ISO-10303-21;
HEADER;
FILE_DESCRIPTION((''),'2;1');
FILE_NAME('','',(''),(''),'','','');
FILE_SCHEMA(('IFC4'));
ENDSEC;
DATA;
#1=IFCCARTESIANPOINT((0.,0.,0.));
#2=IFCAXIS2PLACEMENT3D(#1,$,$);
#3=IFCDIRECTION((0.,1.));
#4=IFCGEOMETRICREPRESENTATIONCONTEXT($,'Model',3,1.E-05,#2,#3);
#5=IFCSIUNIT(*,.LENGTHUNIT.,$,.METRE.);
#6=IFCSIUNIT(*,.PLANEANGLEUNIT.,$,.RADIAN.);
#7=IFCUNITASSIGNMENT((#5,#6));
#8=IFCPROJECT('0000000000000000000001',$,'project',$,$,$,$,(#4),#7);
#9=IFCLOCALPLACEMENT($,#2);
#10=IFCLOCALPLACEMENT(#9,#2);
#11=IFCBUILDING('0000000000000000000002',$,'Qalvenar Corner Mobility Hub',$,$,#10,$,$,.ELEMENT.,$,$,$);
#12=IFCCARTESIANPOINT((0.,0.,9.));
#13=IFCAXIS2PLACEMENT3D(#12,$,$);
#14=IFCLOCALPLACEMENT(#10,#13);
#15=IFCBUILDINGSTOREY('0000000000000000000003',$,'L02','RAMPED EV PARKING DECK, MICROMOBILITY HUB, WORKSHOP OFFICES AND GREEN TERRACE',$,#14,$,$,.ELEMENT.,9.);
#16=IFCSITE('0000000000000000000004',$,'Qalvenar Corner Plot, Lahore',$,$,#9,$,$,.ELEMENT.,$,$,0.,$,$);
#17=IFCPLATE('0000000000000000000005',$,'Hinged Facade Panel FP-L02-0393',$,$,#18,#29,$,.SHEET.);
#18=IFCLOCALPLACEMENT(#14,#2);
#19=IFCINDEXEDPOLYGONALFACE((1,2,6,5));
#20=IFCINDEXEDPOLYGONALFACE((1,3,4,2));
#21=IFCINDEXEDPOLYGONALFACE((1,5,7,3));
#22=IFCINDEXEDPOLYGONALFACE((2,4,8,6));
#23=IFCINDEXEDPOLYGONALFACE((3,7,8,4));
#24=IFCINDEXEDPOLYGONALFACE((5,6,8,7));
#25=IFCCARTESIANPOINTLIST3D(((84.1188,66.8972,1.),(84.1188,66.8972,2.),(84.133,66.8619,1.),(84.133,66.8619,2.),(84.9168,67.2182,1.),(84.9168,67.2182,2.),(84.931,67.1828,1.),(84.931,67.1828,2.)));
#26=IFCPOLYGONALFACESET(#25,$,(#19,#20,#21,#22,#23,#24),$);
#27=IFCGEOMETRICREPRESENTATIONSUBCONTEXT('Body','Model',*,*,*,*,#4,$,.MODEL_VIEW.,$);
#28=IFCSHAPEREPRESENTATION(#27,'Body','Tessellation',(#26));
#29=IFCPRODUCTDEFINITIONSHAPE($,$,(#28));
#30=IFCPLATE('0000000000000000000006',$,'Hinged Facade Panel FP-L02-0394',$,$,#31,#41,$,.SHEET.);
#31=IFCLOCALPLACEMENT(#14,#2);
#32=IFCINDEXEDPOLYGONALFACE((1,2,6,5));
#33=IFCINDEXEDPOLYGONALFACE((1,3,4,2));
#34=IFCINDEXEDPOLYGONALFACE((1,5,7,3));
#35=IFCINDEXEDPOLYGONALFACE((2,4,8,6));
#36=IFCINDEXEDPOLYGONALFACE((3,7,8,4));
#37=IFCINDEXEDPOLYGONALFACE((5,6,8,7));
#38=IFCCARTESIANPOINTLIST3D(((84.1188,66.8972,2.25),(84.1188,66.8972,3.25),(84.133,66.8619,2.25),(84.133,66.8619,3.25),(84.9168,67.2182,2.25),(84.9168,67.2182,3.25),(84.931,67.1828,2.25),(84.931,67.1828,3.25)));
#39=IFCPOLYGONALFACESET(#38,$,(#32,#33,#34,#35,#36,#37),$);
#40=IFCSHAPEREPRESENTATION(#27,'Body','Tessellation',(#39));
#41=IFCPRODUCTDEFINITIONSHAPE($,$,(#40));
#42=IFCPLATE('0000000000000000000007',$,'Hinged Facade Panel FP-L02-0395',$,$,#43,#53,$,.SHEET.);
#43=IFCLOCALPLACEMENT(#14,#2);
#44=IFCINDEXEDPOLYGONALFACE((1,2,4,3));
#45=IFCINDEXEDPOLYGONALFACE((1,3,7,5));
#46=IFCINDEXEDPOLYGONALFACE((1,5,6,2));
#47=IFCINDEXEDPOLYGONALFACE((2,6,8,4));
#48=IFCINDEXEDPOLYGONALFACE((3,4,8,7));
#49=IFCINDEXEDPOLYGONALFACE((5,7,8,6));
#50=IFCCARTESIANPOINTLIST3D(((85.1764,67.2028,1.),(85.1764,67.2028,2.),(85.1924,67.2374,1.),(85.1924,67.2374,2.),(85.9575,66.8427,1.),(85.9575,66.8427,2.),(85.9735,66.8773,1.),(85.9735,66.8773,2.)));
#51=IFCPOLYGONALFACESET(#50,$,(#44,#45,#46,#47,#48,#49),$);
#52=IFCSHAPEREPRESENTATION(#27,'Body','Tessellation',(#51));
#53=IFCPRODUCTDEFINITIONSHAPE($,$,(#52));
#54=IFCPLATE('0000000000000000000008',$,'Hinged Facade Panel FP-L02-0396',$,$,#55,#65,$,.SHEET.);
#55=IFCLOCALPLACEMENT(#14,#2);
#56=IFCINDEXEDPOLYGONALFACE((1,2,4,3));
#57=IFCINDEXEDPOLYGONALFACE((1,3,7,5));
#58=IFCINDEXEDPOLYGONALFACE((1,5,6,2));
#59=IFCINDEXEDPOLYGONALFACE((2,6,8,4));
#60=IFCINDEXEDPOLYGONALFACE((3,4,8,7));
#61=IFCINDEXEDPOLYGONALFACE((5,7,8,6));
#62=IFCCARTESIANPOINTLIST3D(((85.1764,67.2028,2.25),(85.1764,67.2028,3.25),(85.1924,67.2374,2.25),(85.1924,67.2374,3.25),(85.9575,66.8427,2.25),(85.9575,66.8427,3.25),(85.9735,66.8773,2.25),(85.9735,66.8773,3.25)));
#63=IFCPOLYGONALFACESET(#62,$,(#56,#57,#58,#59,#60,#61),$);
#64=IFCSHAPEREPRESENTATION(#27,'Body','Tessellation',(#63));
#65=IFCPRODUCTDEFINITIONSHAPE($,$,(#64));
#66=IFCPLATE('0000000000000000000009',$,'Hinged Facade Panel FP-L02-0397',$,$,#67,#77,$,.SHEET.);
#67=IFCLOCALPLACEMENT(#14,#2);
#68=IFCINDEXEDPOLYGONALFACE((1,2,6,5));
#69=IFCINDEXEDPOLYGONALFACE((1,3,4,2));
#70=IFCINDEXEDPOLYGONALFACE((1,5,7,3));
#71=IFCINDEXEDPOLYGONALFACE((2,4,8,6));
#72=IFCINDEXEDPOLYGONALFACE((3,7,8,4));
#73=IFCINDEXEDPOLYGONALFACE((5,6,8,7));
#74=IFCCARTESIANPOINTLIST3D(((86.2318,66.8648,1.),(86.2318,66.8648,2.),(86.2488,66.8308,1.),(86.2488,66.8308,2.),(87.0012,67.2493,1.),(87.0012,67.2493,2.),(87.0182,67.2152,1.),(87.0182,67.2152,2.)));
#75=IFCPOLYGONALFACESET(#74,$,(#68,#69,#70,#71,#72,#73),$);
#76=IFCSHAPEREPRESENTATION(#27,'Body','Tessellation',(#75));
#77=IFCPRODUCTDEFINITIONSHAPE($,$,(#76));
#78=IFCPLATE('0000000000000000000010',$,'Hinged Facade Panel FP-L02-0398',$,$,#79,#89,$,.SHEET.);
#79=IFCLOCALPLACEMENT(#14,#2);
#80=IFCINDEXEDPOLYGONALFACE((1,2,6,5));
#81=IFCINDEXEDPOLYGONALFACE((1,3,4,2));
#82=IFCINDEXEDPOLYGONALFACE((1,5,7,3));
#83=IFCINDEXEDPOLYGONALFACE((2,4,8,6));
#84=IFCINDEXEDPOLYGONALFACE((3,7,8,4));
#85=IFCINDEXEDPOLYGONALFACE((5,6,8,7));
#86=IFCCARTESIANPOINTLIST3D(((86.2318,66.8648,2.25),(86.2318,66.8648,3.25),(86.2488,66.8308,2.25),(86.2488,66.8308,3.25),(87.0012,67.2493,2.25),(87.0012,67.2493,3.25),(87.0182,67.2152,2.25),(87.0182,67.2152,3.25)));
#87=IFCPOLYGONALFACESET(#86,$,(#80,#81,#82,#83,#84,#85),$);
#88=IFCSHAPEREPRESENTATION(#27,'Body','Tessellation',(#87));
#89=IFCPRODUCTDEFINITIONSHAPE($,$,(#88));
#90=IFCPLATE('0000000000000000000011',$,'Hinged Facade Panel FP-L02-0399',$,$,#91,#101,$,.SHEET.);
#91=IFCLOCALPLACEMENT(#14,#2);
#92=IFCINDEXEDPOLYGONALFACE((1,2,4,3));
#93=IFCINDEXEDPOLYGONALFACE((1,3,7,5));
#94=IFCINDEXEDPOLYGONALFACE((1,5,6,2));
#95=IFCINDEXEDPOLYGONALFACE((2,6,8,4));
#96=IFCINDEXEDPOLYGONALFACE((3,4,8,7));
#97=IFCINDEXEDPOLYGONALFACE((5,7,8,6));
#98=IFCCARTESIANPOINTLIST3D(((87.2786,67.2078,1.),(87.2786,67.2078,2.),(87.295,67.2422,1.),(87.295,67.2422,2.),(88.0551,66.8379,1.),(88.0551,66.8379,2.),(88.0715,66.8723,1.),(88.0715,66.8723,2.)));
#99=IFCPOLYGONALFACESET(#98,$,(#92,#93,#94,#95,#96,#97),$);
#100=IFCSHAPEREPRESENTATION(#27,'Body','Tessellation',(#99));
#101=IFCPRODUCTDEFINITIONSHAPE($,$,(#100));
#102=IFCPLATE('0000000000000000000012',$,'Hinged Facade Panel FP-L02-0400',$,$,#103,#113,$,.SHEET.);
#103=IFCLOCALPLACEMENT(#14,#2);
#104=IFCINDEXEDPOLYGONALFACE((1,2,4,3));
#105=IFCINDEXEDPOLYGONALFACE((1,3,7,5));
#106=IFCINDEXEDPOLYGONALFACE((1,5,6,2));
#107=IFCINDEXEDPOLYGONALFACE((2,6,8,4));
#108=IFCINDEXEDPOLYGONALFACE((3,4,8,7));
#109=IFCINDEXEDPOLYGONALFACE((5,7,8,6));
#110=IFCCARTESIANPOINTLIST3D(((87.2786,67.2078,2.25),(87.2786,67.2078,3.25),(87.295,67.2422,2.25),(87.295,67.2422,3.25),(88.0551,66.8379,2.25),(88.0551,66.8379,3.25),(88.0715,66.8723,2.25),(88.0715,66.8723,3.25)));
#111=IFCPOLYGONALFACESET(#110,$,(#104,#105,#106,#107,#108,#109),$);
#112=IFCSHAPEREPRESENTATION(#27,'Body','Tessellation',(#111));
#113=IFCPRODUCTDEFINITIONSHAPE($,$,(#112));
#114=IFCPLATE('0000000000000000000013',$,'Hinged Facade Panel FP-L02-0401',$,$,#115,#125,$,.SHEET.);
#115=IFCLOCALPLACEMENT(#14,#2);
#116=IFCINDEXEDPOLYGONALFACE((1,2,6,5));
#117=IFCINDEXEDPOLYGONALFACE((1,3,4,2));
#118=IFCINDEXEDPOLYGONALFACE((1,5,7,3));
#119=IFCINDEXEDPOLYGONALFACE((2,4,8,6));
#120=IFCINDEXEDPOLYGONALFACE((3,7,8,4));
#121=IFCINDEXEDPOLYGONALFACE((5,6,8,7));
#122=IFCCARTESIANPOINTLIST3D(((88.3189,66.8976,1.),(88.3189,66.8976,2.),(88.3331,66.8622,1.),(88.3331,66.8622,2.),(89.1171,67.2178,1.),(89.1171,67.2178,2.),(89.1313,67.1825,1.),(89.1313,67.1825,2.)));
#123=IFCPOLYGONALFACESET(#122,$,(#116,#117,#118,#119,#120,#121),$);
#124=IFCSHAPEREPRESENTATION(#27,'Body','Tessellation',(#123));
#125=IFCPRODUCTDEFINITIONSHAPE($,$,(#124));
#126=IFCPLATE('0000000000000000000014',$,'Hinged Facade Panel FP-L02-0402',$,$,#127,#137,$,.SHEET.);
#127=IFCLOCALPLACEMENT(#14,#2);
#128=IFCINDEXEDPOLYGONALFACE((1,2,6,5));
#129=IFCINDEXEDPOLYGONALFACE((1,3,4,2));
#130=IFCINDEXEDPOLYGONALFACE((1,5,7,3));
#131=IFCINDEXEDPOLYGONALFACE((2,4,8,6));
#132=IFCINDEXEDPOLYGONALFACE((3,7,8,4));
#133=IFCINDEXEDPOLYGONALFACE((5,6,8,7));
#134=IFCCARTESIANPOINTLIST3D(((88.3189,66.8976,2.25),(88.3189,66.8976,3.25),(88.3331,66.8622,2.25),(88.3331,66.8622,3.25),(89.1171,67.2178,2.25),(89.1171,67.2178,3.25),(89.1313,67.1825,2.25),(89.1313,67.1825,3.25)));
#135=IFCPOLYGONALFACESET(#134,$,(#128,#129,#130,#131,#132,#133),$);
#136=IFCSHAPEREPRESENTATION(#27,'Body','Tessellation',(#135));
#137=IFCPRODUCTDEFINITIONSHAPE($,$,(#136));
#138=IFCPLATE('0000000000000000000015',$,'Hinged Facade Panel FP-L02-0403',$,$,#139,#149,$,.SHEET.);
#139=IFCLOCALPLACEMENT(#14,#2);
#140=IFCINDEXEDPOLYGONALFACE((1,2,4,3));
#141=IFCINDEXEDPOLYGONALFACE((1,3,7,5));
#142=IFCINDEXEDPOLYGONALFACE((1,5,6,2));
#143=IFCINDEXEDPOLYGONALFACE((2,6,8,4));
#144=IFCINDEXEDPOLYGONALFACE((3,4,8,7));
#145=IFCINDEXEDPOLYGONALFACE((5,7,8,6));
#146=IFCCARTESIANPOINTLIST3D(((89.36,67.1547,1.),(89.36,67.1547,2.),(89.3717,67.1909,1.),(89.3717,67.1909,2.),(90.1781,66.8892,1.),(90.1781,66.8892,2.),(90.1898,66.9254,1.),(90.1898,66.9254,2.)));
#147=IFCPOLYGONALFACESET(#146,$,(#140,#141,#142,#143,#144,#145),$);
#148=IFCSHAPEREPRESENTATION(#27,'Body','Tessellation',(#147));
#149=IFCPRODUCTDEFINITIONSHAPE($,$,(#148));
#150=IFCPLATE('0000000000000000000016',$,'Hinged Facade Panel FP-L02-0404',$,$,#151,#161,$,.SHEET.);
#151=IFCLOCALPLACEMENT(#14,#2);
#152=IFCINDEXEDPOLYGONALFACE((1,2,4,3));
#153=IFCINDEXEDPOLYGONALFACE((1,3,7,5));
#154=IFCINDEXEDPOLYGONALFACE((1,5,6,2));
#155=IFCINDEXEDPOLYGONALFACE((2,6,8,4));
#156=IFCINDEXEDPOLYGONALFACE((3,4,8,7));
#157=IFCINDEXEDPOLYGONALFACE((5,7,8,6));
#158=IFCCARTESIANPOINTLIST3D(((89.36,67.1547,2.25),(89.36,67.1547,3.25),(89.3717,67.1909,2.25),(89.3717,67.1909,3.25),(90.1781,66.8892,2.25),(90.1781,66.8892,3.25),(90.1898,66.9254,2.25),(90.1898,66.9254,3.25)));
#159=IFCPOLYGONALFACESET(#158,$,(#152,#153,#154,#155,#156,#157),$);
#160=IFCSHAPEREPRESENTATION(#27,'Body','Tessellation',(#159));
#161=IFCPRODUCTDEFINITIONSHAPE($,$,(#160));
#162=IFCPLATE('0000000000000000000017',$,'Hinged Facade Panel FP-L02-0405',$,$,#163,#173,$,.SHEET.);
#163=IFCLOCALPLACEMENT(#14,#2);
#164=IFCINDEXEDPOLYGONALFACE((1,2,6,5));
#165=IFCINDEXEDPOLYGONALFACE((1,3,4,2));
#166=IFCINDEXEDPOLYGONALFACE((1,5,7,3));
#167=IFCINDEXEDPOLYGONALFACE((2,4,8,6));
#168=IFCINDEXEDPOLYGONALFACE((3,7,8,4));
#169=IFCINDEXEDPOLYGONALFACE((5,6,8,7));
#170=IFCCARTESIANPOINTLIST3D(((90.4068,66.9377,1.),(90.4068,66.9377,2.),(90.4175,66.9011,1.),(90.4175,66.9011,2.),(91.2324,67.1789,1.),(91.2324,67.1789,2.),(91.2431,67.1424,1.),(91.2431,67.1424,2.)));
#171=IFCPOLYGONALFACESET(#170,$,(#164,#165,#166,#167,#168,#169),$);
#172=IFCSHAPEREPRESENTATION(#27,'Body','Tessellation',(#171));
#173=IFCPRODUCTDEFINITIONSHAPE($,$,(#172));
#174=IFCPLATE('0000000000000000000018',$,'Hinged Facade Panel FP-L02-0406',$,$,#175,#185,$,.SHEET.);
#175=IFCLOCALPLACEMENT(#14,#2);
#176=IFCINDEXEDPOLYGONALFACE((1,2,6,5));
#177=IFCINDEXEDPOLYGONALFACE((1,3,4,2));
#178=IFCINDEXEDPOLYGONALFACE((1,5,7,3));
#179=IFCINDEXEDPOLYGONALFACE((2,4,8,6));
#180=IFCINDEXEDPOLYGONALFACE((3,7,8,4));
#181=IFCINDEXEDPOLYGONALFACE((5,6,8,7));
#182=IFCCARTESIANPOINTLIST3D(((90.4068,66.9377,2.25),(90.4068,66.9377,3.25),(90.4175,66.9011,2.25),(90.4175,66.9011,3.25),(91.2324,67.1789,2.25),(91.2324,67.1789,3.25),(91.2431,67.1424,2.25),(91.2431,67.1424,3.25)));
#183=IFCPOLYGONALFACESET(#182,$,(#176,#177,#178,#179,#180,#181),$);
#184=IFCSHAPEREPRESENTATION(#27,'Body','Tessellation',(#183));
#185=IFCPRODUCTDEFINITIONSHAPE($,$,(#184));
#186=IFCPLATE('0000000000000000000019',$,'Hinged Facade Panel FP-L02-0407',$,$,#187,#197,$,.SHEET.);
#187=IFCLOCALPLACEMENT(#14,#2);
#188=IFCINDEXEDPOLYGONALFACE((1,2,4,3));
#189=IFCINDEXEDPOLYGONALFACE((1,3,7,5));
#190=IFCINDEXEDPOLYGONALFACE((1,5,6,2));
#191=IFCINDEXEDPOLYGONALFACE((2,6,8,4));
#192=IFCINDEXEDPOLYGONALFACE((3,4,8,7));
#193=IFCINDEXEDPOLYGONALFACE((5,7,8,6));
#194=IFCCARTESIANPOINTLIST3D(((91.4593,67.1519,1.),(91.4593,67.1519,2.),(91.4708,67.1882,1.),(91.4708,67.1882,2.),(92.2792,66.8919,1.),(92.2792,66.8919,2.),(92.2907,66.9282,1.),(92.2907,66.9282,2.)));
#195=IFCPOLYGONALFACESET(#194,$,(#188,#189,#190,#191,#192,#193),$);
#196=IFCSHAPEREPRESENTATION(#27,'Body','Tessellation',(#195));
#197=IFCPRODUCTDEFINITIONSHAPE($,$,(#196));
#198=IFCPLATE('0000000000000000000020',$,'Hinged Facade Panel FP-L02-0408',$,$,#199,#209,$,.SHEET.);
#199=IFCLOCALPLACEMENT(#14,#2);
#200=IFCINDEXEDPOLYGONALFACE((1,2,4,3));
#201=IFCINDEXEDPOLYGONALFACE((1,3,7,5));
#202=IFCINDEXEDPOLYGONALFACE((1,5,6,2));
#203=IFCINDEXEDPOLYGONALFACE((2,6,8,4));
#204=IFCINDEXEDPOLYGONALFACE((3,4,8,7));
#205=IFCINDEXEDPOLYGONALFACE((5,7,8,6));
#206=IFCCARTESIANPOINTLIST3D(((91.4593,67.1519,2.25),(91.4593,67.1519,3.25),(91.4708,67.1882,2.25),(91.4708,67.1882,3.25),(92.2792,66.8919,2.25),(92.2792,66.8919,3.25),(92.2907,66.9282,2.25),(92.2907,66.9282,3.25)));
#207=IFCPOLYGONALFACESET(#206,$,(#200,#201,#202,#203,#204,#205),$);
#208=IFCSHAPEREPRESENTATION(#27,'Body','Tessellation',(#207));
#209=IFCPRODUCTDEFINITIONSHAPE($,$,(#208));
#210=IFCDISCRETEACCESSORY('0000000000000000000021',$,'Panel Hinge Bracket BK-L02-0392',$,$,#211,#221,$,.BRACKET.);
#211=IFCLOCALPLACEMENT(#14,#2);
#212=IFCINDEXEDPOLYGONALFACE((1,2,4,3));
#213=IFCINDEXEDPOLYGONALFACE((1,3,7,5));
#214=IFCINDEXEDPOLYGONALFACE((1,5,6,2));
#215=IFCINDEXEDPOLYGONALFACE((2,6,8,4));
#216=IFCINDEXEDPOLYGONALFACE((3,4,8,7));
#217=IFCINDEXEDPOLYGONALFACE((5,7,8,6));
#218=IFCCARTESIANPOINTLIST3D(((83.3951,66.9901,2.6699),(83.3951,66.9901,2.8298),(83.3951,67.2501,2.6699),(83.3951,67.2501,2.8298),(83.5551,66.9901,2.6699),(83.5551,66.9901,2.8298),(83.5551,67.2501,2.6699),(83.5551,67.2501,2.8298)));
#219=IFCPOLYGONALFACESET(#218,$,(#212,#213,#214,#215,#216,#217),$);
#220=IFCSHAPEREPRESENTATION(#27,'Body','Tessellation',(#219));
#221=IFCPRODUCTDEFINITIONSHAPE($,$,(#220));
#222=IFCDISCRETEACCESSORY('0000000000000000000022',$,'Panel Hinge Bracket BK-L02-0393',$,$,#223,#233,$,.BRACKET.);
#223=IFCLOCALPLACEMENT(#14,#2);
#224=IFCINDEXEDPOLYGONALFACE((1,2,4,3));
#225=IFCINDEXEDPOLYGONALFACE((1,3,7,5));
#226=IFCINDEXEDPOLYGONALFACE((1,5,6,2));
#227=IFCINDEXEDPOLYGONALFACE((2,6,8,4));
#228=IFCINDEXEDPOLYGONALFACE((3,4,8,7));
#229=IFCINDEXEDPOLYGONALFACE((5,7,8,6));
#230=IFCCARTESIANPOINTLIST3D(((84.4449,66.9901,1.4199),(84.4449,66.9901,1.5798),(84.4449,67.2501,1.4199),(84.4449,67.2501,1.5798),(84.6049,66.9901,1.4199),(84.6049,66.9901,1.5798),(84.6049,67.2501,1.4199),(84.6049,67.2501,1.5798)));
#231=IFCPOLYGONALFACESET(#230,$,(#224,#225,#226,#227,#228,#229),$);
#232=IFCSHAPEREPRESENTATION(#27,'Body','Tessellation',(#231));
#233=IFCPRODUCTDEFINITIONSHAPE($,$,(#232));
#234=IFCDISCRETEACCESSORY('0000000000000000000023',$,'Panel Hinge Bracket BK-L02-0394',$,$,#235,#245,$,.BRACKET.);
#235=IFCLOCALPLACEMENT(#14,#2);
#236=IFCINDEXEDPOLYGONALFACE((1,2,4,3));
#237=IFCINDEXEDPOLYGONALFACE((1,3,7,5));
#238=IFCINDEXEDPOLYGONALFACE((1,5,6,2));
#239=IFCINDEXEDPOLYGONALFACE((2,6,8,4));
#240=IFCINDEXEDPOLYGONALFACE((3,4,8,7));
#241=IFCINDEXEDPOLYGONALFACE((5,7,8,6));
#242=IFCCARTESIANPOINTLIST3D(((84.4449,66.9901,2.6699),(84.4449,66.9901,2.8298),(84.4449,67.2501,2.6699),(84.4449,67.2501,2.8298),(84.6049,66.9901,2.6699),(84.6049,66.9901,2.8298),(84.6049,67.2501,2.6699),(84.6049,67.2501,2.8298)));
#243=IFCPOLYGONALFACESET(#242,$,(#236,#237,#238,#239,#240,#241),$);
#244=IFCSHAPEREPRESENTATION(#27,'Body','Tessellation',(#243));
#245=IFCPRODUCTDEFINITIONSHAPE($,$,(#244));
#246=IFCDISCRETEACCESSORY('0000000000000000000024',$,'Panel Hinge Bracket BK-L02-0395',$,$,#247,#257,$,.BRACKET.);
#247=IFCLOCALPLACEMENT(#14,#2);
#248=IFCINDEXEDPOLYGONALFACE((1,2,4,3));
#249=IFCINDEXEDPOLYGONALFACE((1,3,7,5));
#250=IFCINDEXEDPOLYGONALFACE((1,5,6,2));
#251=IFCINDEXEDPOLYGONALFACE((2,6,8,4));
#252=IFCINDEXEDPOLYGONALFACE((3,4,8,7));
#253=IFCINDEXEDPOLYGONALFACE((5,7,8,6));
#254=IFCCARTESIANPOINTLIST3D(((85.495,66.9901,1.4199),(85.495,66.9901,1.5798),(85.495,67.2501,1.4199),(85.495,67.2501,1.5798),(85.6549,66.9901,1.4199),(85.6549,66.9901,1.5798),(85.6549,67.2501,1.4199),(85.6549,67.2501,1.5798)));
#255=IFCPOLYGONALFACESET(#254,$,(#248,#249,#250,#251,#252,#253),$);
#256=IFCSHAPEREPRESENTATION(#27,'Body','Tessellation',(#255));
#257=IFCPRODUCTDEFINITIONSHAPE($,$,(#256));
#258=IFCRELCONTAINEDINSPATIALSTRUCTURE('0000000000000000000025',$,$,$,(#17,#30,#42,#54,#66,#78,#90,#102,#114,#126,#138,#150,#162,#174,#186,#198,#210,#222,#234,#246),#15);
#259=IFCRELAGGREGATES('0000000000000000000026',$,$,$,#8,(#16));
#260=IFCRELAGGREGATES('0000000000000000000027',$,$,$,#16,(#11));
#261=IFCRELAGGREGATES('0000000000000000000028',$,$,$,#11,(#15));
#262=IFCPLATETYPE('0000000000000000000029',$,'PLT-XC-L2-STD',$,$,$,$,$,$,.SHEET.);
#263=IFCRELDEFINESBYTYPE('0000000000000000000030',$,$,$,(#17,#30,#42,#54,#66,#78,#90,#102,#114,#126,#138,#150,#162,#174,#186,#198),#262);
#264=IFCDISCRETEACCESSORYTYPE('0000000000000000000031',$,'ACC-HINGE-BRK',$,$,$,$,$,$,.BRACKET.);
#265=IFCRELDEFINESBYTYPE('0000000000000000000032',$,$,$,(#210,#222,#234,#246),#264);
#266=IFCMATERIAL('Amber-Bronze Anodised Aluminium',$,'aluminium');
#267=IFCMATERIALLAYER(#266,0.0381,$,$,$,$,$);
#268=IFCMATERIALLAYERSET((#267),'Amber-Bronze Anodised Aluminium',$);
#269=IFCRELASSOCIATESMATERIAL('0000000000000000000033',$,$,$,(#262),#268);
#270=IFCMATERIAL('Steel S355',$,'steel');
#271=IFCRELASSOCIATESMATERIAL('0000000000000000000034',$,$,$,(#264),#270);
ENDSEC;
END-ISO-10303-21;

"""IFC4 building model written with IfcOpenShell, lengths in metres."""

from ifc_helpers import new_model, si_unit, direction, frame, origin, origin_2d, place, context, subcontext, project, spatial, rectangle, extrude, material, layer, layer_set, type_object, element, save


model = new_model("IFC4")

# Units and contexts
model_context = context("Model", 3, precision=1e-05, world=origin(), true_north=direction((0.0, 1.0)))
body_context = subcontext(model_context, "Body", "Model", "MODEL_VIEW")
ifc_project = project(units=[si_unit("LENGTHUNIT", "METRE"), si_unit("PLANEANGLEUNIT", "RADIAN")], contexts=[model_context])

# Site, building, storey
site_placement = place(None, origin())
site = spatial("IfcSite", under=ifc_project, at=site_placement, Name="Qalvenar Corner Plot, Lahore", CompositionType="ELEMENT", RefElevation=0.0)
building_placement = place(site_placement, origin())
building = spatial("IfcBuilding", under=site, at=building_placement, Name="Qalvenar Corner Mobility Hub", CompositionType="ELEMENT")
storey_placement = place(building_placement, frame((0.0, 0.0, 9.0)))
storey = spatial("IfcBuildingStorey", under=building, at=storey_placement, Name="L02", Description="RAMPED EV PARKING DECK, MICROMOBILITY HUB, WORKSHOP OFFICES AND GREEN TERRACE", CompositionType="ELEMENT", Elevation=9.0)

# Plates
ifc_material_1 = material(Name="Amber-Bronze Anodised Aluminium", Category="aluminium")
ifc_layer = layer(ifc_material_1, 0.0381)
ifc_layer_set = layer_set([ifc_layer], Name="Amber-Bronze Anodised Aluminium")
plate_type = type_object("IfcPlateType", Name="PLT-XC-L2-STD", PredefinedType="SHEET", material=ifc_layer_set)
for number, where, z_axis, x_axis, name in (
    (1, (84.5249, 67.04, 1.0), (0.0, 0.0, 1.0), (0.927771, 0.37315, 0.0), "Hinged Facade Panel FP-L02-0393"),
    (2, (84.5249, 67.04, 2.25), (0.0, 0.0, 1.0), (0.927771, 0.37315, 0.0), "Hinged Facade Panel FP-L02-0394"),
    (3, (85.575, 67.04, 1.0), (0.0, 0.0, 1.0), (0.908143, -0.41866, 0.0), "Hinged Facade Panel FP-L02-0395"),
    (4, (85.575, 67.04, 2.25), (0.0, 0.0, 1.0), (0.908143, -0.41866, 0.0), "Hinged Facade Panel FP-L02-0396"),
    (5, (86.625, 67.04, 1.0), (0.0, 0.0, 1.0), (0.894545, 0.446979, 0.0), "Hinged Facade Panel FP-L02-0397"),
    (6, (86.625, 67.04, 2.25), (0.0, 0.0, 1.0), (0.894545, 0.446979, 0.0), "Hinged Facade Panel FP-L02-0398"),
    (7, (87.675, 67.04, 1.0), (0.0, 0.0, 1.0), (0.902811, -0.430038, 0.0), "Hinged Facade Panel FP-L02-0399"),
    (8, (87.675, 67.04, 2.25), (0.0, 0.0, 1.0), (0.902811, -0.430038, 0.0), "Hinged Facade Panel FP-L02-0400"),
    (9, (88.7251, 67.04, 1.0), (0.0, 0.0, 1.0), (0.928096, 0.37234, 0.0), "Hinged Facade Panel FP-L02-0401"),
    (10, (88.7251, 67.04, 2.25), (0.0, 0.0, 1.0), (0.928096, 0.37234, 0.0), "Hinged Facade Panel FP-L02-0402"),
    (11, (89.7749, 67.04, 1.0), (0.0, 0.0, 1.0), (0.951164, -0.308685, 0.0), "Hinged Facade Panel FP-L02-0403"),
    (12, (89.7749, 67.04, 2.25), (0.0, 0.0, 1.0), (0.951164, -0.308685, 0.0), "Hinged Facade Panel FP-L02-0404"),
    (13, (90.825, 67.04, 1.0), (0.0, 0.0, 1.0), (0.959854, 0.280499, 0.0), "Hinged Facade Panel FP-L02-0405"),
    (14, (90.825, 67.04, 2.25), (0.0, 0.0, 1.0), (0.959854, 0.280499, 0.0), "Hinged Facade Panel FP-L02-0406"),
    (15, (91.875, 67.04, 1.0), (0.0, 0.0, 1.0), (0.953243, -0.302204, 0.0), "Hinged Facade Panel FP-L02-0407"),
    (16, (91.875, 67.04, 2.25), (0.0, 0.0, 1.0), (0.953243, -0.302204, 0.0), "Hinged Facade Panel FP-L02-0408"),
):
    element("IfcPlate", number, at=place(storey_placement, frame(where, z_axis=z_axis, x_axis=x_axis)), inside=storey, type_object=plate_type, Name=name, PredefinedType="SHEET", context=body_context, shape_type="SweptSolid", body=[
        extrude(rectangle(XDim=0.8601, YDim=0.0381, at=origin_2d()), origin(), (0.0, 0.0, 1.0), 1.0),
    ])

# Discrete accessories
ifc_material_2 = material(Name="Steel S355", Category="steel")
discrete_accessory_type = type_object("IfcDiscreteAccessoryType", Name="ACC-HINGE-BRK", PredefinedType="BRACKET", material=ifc_material_2)
for number, where, z_axis, x_axis, name in (
    (17, (83.4751, 67.1201, 2.6699), (0.0, 0.0, 1.0), (1.0, 0.0, 0.0), "Panel Hinge Bracket BK-L02-0392"),
    (18, (84.5249, 67.1201, 1.4199), (0.0, 0.0, 1.0), (1.0, 0.0, 0.0), "Panel Hinge Bracket BK-L02-0393"),
    (19, (84.5249, 67.1201, 2.6699), (0.0, 0.0, 1.0), (1.0, 0.0, 0.0), "Panel Hinge Bracket BK-L02-0394"),
    (20, (85.575, 67.1201, 1.4199), (0.0, 0.0, 1.0), (1.0, 0.0, 0.0), "Panel Hinge Bracket BK-L02-0395"),
):
    element("IfcDiscreteAccessory", number, at=place(storey_placement, frame(where, z_axis=z_axis, x_axis=x_axis)), inside=storey, type_object=discrete_accessory_type, Name=name, PredefinedType="BRACKET", context=body_context, shape_type="SweptSolid", body=[
        extrude(rectangle(XDim=0.1599, YDim=0.26, at=origin_2d()), origin(), (0.0, 0.0, 1.0), 0.1599),
    ])

save(model, "model.ifc")
